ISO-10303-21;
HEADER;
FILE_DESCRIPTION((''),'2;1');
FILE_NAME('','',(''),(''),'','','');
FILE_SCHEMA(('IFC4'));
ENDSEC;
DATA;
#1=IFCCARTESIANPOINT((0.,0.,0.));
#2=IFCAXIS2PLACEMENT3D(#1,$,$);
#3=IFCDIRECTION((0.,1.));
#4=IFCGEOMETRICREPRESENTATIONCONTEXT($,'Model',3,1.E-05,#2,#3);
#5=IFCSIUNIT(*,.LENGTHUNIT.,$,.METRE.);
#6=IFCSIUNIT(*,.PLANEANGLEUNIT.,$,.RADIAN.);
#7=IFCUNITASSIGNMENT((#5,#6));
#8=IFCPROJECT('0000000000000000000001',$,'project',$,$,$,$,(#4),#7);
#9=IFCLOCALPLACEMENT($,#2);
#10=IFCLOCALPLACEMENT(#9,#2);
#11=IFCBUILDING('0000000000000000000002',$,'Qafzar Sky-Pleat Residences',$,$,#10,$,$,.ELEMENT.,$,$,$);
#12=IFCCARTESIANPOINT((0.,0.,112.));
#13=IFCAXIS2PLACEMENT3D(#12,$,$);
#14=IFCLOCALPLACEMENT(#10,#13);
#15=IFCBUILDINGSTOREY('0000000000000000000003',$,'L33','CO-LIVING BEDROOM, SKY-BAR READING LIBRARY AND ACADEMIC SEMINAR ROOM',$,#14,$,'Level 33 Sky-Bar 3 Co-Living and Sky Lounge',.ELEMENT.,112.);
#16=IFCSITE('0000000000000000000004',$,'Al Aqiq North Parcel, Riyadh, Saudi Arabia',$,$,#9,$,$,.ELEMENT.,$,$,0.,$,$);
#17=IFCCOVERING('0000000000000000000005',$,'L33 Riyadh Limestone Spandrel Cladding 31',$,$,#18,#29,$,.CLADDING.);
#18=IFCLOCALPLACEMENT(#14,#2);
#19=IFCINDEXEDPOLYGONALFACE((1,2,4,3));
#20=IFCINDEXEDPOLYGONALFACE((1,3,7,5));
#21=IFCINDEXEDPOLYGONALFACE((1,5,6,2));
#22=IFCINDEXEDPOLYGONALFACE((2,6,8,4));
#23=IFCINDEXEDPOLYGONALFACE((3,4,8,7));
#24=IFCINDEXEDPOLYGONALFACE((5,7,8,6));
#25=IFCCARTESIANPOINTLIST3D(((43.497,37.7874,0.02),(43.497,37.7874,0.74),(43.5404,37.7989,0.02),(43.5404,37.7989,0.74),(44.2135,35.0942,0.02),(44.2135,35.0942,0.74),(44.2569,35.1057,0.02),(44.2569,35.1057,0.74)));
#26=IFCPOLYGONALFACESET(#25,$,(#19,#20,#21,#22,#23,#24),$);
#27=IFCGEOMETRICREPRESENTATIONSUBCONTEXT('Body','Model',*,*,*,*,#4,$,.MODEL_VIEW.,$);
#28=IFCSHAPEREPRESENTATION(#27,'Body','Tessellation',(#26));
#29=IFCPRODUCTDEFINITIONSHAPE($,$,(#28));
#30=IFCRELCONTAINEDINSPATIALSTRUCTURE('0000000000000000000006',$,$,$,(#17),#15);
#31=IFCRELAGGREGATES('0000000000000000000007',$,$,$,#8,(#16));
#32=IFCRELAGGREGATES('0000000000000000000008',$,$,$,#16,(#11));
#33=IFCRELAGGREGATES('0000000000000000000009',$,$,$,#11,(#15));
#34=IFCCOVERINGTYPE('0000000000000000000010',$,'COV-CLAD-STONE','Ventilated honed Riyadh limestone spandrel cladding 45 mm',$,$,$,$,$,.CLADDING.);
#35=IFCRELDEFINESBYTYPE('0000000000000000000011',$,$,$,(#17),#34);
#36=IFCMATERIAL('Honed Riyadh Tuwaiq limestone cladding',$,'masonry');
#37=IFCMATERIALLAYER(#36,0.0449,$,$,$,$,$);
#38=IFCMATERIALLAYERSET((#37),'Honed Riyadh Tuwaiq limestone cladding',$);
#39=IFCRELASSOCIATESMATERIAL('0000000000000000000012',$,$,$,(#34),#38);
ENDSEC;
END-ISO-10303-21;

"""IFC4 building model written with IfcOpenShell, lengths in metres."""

from ifc_helpers import new_model, si_unit, direction, frame, origin, origin_2d, place, context, subcontext, project, spatial, rectangle, extrude, source, transform, mapped, material, layer, layer_set, type_object, element, save


model = new_model("IFC4")

# Units and contexts
model_context = context("Model", 3, precision=1e-05, world=origin(), true_north=direction((0.0, 1.0)))
body_context = subcontext(model_context, "Body", "Model", "MODEL_VIEW")
ifc_project = project(units=[si_unit("LENGTHUNIT", "METRE"), si_unit("PLANEANGLEUNIT", "RADIAN")], contexts=[model_context])

# Site, building, storey
site_placement = place(None, origin())
site = spatial("IfcSite", under=ifc_project, at=site_placement, Name="Al Aqiq North Parcel, Riyadh, Saudi Arabia", CompositionType="ELEMENT", RefElevation=0.0)
building_placement = place(site_placement, origin())
building = spatial("IfcBuilding", under=site, at=building_placement, Name="Qafzar Sky-Pleat Residences", CompositionType="ELEMENT")
storey_placement = place(building_placement, frame((0.0, 0.0, 112.0)))
storey = spatial("IfcBuildingStorey", under=building, at=storey_placement, Name="L33", Description="CO-LIVING BEDROOM, SKY-BAR READING LIBRARY AND ACADEMIC SEMINAR ROOM", LongName="Level 33 Sky-Bar 3 Co-Living and Sky Lounge", CompositionType="ELEMENT", Elevation=112.0)

# Covering
ifc_material_1 = material(Name="Honed Riyadh Tuwaiq limestone cladding", Category="masonry")
ifc_layer_1 = layer(ifc_material_1, 0.0449)
ifc_layer_set_1 = layer_set([ifc_layer_1], Name="Honed Riyadh Tuwaiq limestone cladding")
covering_type = type_object("IfcCoveringType", Name="COV-CLAD-STONE", Description="Ventilated honed Riyadh limestone spandrel cladding 45 mm", PredefinedType="CLADDING", material=ifc_layer_set_1)
shared_shape_1 = source(origin(), body_context, "Body", "SweptSolid", [
    extrude(rectangle(XDim=2.7869, YDim=0.0449, at=origin_2d()), origin(), (0.0, 0.0, 1.0), 0.72),
])
covering_1_placement = place(storey_placement, frame((43.877, 36.4465, 0.02), z_axis=(0.0, 0.0, 1.0), x_axis=(-0.25709, 0.966388, 0.0)))
element("IfcCovering", 1, at=covering_1_placement, inside=storey, type_object=covering_type, Name="L33 Riyadh Limestone Spandrel Cladding 31", PredefinedType="CLADDING", context=body_context, shape_type="MappedRepresentation", body=[
    mapped(shared_shape_1, transform((0.0, 0.0, 0.0), x_axis=(1.0, 0.0, 0.0), y_axis=(0.0, 1.0, 0.0), z_axis=(0.0, 0.0, 1.0), scale=1.0)),
])

save(model, "model.ifc")
